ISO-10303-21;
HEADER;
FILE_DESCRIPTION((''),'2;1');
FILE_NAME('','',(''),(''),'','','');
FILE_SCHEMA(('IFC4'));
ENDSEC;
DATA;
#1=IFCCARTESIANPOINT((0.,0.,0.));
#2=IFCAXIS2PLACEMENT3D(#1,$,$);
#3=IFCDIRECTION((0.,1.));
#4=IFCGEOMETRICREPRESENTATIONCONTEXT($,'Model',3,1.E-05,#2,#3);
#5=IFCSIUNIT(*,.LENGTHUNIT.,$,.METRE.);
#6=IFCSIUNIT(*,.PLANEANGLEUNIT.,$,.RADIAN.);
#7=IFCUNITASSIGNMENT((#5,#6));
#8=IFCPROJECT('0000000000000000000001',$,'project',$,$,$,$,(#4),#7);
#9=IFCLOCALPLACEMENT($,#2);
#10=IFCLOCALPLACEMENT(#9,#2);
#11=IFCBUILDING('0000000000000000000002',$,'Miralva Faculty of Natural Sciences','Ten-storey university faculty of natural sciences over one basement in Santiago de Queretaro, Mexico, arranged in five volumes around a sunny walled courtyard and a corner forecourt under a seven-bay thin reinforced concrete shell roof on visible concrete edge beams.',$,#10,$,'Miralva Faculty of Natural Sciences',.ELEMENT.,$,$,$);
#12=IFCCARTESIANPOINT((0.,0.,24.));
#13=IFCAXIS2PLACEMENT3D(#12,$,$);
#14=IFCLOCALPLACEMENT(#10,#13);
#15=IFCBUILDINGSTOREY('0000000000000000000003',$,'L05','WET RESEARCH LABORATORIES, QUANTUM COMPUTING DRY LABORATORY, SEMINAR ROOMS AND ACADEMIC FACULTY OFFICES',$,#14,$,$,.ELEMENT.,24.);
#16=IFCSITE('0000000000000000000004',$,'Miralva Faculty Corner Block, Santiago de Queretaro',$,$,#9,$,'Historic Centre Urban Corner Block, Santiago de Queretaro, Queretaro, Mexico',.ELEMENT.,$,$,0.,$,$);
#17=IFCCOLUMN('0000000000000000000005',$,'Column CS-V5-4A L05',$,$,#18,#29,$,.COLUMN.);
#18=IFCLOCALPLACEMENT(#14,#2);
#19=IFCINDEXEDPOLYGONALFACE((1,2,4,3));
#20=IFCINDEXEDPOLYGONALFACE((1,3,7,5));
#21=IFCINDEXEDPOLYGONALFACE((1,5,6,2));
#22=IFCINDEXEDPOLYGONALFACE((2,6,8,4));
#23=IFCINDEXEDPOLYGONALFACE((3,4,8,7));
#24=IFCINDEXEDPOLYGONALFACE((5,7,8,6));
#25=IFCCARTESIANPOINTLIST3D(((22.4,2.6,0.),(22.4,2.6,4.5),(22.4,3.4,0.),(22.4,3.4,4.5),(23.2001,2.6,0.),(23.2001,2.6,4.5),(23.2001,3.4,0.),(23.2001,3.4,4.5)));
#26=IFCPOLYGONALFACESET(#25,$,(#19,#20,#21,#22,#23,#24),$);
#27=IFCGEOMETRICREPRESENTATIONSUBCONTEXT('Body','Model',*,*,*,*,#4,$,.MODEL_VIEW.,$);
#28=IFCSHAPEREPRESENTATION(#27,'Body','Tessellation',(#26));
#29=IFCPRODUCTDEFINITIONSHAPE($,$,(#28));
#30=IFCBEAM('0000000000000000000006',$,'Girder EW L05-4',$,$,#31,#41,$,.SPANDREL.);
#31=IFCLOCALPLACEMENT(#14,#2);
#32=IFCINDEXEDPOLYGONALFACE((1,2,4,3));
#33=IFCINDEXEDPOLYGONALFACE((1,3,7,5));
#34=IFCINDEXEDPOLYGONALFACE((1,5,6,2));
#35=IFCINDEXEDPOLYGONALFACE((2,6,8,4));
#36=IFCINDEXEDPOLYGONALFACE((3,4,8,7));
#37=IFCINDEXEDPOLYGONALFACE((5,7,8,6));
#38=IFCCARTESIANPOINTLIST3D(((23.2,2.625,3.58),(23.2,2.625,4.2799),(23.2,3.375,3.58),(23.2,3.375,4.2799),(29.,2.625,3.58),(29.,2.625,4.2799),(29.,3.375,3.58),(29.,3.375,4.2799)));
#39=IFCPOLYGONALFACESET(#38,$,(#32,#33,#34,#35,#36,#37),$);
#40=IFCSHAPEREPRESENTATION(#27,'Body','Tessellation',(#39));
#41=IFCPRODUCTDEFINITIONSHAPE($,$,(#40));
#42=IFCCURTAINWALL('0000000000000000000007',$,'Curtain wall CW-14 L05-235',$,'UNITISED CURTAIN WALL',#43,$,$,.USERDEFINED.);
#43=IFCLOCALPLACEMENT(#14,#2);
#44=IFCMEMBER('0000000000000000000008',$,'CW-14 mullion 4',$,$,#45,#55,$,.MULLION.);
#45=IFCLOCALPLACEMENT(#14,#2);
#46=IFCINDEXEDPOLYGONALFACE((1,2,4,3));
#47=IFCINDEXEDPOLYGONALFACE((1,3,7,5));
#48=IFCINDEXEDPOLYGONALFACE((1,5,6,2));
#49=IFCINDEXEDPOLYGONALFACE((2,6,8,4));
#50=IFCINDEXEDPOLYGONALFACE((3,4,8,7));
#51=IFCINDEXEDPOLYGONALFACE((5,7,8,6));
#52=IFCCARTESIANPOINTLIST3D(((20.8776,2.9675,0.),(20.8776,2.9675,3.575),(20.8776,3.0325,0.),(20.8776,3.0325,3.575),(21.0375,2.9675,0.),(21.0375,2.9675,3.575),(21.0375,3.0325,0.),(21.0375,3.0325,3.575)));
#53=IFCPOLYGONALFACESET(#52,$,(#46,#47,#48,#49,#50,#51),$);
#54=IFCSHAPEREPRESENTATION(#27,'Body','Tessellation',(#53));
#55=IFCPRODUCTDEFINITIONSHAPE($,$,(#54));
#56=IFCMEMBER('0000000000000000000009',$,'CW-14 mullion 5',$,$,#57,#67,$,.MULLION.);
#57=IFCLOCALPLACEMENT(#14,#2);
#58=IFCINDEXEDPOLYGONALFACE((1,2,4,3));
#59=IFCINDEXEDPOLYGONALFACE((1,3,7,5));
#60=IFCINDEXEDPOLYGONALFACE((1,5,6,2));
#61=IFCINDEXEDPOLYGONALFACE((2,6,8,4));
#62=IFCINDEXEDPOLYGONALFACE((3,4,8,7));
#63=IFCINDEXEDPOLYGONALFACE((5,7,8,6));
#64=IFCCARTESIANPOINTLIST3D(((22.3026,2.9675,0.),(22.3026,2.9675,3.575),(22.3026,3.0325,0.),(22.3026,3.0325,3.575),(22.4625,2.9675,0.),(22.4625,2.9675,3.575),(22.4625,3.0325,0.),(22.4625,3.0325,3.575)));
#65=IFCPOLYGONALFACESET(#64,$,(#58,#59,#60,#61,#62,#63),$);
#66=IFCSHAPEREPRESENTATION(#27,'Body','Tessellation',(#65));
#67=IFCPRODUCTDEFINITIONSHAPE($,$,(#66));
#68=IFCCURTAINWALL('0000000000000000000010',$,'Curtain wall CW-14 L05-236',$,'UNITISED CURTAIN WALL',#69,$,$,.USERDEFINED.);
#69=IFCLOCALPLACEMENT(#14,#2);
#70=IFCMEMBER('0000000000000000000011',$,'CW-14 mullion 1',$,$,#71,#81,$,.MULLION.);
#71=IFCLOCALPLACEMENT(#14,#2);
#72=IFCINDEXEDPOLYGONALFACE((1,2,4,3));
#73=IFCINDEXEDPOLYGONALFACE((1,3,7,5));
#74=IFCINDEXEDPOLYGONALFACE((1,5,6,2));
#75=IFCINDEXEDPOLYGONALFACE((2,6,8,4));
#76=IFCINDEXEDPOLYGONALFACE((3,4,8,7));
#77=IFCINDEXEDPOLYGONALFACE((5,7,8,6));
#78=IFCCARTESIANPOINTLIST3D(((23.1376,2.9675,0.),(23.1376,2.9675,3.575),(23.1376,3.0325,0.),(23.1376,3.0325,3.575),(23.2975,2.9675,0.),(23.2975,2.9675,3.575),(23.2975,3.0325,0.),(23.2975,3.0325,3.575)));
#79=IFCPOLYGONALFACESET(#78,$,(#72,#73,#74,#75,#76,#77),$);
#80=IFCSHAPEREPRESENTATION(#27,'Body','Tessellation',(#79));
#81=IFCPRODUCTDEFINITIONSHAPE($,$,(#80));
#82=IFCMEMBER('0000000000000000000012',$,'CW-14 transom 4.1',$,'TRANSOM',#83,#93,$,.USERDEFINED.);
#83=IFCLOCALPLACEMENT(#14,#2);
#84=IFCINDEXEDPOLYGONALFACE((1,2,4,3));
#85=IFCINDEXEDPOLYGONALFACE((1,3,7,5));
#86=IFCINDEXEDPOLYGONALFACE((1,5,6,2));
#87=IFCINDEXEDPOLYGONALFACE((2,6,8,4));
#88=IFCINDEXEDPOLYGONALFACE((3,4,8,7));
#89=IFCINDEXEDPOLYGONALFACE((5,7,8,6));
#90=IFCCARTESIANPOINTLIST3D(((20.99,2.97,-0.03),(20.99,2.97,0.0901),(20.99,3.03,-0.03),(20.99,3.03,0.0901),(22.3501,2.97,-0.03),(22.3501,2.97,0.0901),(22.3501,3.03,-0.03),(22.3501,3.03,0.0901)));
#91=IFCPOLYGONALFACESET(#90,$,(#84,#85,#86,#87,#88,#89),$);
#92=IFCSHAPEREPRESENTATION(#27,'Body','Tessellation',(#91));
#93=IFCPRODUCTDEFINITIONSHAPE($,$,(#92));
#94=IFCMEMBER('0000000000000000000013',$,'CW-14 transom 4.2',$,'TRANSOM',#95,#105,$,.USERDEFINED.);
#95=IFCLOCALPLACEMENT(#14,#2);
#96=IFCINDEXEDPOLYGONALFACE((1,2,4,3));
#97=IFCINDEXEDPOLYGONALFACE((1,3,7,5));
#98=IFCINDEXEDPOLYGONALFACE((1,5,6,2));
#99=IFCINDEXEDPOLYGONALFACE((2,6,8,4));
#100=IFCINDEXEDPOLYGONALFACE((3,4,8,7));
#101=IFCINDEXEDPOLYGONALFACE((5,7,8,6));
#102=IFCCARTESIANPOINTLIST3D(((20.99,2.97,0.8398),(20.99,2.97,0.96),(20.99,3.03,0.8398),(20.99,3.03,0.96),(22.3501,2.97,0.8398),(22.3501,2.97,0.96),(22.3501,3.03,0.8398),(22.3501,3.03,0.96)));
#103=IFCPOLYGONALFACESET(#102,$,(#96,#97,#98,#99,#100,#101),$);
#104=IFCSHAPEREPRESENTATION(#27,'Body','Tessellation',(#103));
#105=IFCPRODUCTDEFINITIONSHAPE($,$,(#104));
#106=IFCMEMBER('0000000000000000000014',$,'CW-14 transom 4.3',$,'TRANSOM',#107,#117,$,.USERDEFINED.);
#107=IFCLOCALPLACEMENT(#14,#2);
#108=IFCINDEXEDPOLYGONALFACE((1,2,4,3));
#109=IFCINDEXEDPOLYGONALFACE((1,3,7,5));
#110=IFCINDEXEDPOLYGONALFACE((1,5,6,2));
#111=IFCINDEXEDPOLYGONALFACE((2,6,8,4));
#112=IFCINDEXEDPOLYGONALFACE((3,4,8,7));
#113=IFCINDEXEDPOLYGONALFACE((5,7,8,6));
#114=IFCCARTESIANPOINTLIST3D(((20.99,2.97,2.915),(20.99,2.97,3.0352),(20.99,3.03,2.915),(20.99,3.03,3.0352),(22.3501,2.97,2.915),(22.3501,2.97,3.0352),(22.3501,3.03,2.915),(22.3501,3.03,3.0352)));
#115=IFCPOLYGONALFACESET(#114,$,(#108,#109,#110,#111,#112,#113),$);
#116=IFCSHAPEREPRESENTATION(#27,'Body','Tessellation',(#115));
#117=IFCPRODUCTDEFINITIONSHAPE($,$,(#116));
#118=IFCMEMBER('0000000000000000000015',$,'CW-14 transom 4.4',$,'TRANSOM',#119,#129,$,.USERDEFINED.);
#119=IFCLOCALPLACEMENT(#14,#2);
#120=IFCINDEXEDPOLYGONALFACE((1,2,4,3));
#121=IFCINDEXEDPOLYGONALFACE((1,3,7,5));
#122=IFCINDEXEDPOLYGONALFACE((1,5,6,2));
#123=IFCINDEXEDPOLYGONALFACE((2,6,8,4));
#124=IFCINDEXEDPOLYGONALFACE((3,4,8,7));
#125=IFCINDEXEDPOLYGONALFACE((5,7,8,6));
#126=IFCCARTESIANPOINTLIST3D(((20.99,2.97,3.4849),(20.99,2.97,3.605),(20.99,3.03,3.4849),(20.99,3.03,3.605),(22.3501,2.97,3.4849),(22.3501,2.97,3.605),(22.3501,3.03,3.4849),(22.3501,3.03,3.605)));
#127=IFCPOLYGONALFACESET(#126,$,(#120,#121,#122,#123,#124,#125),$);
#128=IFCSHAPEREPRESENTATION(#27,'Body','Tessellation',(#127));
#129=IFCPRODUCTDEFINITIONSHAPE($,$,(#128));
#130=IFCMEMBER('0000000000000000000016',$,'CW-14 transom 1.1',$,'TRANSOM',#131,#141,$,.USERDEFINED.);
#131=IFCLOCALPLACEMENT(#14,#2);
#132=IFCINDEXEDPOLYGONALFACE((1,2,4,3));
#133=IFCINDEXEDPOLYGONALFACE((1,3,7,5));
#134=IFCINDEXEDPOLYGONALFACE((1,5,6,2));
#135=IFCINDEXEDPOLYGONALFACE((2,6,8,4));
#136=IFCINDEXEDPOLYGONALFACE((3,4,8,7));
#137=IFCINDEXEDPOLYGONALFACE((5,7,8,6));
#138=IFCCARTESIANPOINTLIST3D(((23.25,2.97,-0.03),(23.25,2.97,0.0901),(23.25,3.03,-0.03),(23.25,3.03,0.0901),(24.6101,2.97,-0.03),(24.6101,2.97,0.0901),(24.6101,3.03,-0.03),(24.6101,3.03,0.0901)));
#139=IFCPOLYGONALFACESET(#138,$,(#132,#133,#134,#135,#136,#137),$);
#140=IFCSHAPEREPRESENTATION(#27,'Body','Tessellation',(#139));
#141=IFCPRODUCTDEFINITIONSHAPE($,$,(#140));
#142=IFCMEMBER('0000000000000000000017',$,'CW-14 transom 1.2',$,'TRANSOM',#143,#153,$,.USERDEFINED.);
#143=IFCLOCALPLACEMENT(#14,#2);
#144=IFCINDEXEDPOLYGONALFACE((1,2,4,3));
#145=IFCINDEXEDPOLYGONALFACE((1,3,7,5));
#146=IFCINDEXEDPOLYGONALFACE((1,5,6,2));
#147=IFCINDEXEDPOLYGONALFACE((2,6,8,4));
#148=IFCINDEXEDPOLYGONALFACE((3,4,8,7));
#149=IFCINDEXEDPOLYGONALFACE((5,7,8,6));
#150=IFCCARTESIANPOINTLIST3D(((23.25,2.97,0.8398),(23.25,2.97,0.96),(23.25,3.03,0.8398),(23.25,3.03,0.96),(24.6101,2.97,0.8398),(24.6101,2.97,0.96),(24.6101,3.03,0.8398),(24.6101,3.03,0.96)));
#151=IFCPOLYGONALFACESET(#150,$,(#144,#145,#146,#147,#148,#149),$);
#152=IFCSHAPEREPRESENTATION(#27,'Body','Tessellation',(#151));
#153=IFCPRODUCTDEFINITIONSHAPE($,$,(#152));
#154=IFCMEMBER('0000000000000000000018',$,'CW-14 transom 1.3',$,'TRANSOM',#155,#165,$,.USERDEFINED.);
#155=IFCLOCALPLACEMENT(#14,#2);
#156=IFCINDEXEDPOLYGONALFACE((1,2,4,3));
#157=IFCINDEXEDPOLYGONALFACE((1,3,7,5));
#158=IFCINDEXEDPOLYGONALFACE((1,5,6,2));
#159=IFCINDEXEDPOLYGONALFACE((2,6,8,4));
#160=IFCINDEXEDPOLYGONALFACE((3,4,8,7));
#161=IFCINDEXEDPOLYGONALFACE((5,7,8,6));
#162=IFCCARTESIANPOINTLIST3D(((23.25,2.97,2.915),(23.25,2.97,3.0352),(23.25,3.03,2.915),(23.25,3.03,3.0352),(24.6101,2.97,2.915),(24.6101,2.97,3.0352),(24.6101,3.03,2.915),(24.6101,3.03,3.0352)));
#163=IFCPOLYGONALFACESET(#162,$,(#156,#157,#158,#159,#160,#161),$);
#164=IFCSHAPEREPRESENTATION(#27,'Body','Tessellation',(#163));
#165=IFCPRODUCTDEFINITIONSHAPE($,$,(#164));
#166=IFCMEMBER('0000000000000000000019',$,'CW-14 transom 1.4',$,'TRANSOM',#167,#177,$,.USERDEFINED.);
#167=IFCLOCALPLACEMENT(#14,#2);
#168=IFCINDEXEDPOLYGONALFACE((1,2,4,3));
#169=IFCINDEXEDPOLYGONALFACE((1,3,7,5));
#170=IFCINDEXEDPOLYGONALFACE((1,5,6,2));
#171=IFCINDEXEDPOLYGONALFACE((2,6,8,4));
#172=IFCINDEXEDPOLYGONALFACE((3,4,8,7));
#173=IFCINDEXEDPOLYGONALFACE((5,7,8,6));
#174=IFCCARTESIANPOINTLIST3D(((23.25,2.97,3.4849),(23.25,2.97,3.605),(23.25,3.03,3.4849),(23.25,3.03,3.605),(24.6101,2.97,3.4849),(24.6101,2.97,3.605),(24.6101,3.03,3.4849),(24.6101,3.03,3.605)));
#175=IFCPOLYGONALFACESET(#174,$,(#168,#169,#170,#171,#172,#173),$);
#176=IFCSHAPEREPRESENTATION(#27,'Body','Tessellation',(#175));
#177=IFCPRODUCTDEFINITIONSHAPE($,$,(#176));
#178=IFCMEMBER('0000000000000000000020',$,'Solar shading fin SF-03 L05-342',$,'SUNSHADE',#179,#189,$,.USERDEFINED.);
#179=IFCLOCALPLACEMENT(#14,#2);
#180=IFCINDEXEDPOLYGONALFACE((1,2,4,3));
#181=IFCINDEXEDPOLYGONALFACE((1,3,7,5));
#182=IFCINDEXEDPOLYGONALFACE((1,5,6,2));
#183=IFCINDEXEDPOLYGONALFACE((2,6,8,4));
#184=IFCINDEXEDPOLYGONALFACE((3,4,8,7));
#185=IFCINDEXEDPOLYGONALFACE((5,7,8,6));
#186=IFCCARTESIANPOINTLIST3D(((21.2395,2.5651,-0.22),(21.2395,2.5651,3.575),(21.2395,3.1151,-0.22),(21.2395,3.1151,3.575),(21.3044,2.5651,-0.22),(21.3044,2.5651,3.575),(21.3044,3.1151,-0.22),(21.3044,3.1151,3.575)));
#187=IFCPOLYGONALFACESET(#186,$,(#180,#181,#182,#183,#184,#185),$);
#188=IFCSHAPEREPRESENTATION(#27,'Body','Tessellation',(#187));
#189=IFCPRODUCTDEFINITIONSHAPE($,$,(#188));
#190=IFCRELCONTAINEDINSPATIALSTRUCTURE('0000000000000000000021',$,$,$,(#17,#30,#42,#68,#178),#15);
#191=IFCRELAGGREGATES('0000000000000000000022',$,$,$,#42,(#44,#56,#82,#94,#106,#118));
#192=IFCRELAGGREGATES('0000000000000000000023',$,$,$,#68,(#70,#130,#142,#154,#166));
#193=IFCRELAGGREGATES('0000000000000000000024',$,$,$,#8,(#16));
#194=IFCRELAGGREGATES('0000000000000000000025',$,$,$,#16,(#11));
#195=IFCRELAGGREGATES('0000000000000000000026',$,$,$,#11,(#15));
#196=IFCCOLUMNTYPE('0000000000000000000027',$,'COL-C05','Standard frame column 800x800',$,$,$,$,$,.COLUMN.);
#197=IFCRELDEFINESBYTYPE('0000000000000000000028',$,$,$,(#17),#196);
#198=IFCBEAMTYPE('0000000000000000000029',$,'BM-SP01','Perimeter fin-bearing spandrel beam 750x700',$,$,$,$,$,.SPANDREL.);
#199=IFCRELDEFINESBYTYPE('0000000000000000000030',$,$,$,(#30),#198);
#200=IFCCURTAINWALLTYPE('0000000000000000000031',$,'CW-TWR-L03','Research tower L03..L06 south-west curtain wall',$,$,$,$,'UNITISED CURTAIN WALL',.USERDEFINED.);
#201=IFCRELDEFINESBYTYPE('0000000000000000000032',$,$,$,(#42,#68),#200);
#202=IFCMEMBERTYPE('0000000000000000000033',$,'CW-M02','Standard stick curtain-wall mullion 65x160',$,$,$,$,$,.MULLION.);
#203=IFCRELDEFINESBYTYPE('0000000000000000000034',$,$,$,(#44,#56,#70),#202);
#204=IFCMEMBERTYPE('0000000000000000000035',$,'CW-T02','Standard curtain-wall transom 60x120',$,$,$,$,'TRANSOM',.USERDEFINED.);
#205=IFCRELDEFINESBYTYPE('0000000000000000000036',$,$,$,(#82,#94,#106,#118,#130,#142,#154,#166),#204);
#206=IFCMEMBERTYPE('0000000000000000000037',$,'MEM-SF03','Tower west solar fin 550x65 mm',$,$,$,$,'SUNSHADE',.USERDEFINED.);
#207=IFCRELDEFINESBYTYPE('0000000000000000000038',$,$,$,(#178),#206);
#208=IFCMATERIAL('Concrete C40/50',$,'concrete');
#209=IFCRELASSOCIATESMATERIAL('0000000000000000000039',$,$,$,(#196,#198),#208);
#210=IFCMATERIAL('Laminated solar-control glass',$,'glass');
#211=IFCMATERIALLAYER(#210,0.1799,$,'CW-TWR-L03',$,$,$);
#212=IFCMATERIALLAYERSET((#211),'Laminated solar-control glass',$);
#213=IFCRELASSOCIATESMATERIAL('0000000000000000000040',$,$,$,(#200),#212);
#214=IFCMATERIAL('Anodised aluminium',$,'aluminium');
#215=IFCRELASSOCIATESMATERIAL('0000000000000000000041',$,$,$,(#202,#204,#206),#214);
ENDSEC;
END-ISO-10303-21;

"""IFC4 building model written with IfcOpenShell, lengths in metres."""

from ifc_helpers import new_model, si_unit, direction, frame, origin, origin_2d, place, context, subcontext, project, spatial, rectangle, extrude, material, layer, layer_set, material_profile, profile_set, type_object, element, aggregate, save


model = new_model("IFC4")

# Units and contexts
model_context = context("Model", 3, precision=1e-05, world=origin(), true_north=direction((0.0, 1.0)))
body_context = subcontext(model_context, "Body", "Model", "MODEL_VIEW")
ifc_project = project(units=[si_unit("LENGTHUNIT", "METRE"), si_unit("PLANEANGLEUNIT", "RADIAN")], contexts=[model_context])

# Site, building, storey
site_placement = place(None, origin())
site = spatial("IfcSite", under=ifc_project, at=site_placement, Name="Miralva Faculty Corner Block, Santiago de Queretaro", LongName="Historic Centre Urban Corner Block, Santiago de Queretaro, Queretaro, Mexico", CompositionType="ELEMENT", RefElevation=0.0)
building_placement = place(site_placement, origin())
building = spatial("IfcBuilding", under=site, at=building_placement, Name="Miralva Faculty of Natural Sciences", Description="Ten-storey university faculty of natural sciences over one basement in Santiago de Queretaro, Mexico, arranged in five volumes around a sunny walled courtyard and a corner forecourt under a seven-bay thin reinforced concrete shell roof on visible concrete edge beams.", LongName="Miralva Faculty of Natural Sciences", CompositionType="ELEMENT")
storey_placement = place(building_placement, frame((0.0, 0.0, 24.0)))
storey = spatial("IfcBuildingStorey", under=building, at=storey_placement, Name="L05", Description="WET RESEARCH LABORATORIES, QUANTUM COMPUTING DRY LABORATORY, SEMINAR ROOMS AND ACADEMIC FACULTY OFFICES", CompositionType="ELEMENT", Elevation=24.0)

# Column
ifc_material_1 = material(Name="Concrete C40/50", Category="concrete")
ifc_material_profile_1 = material_profile(ifc_material_1, rectangle(XDim=0.8, YDim=0.8, at=origin_2d()), Name="RC 800x800")
ifc_profile_set_1 = profile_set([ifc_material_profile_1], Name="Concrete C40/50")
column_type = type_object("IfcColumnType", Name="COL-C05", Description="Standard frame column 800x800", PredefinedType="COLUMN", material=ifc_profile_set_1)
column_placement = place(storey_placement, frame((22.8, 3.0, 0.0), z_axis=(0.0, 0.0, 1.0), x_axis=(1.0, 0.0, 0.0)))
element("IfcColumn", 1, at=column_placement, inside=storey, type_object=column_type, Name="Column CS-V5-4A L05", PredefinedType="COLUMN", context=body_context, shape_type="SweptSolid", body=[
    extrude(rectangle(XDim=0.8, YDim=0.8, at=origin_2d()), origin(), (0.0, 0.0, 1.0), 4.5),
])

# Beam
ifc_material_profile_2 = material_profile(ifc_material_1, rectangle(XDim=0.75, YDim=0.7, at=origin_2d()), Name="RC 750x700")
ifc_profile_set_2 = profile_set([ifc_material_profile_2], Name="Concrete C40/50")
beam_type = type_object("IfcBeamType", Name="BM-SP01", Description="Perimeter fin-bearing spandrel beam 750x700", PredefinedType="SPANDREL", material=ifc_profile_set_2)
beam_placement = place(storey_placement, frame((23.2, 3.0, 3.9299), z_axis=(1.0, 0.0, 0.0), x_axis=(0.0, 1.0, 0.0)))
element("IfcBeam", 2, at=beam_placement, inside=storey, type_object=beam_type, Name="Girder EW L05-4", PredefinedType="SPANDREL", context=body_context, shape_type="SweptSolid", body=[
    extrude(rectangle(XDim=0.75, YDim=0.7, at=origin_2d()), origin(), (0.0, 0.0, 1.0), 5.8),
])

# Curtain wall, members
ifc_material_2 = material(Name="Laminated solar-control glass", Category="glass")
ifc_layer_1 = layer(ifc_material_2, 0.1799, Name="CW-TWR-L03")
ifc_layer_set_1 = layer_set([ifc_layer_1], Name="Laminated solar-control glass")
curtain_wall_type = type_object("IfcCurtainWallType", Name="CW-TWR-L03", Description="Research tower L03..L06 south-west curtain wall", ElementType="UNITISED CURTAIN WALL", PredefinedType="USERDEFINED", material=ifc_layer_set_1)
curtain_wall_1_placement = place(storey_placement, origin())
curtain_wall_1 = element("IfcCurtainWall", 3, at=curtain_wall_1_placement, inside=storey, type_object=curtain_wall_type, Name="Curtain wall CW-14 L05-235", ObjectType="UNITISED CURTAIN WALL", PredefinedType="USERDEFINED")
ifc_material_3 = material(Name="Anodised aluminium", Category="aluminium")
ifc_material_profile_3 = material_profile(ifc_material_3, rectangle(XDim=0.0649, YDim=0.1599, at=origin_2d()), Name="MULLION 65x160")
ifc_profile_set_3 = profile_set([ifc_material_profile_3], Name="Anodised aluminium")
member_type_1 = type_object("IfcMemberType", Name="CW-M02", Description="Standard stick curtain-wall mullion 65x160", PredefinedType="MULLION", material=ifc_profile_set_3)
member_1_placement = place(storey_placement, frame((20.9575, 3.0, 0.0), z_axis=(0.0, 0.0, 1.0), x_axis=(0.0, 1.0, 0.0)))
member_1 = element("IfcMember", 4, at=member_1_placement, type_object=member_type_1, Name="CW-14 mullion 4", PredefinedType="MULLION", context=body_context, shape_type="SweptSolid", body=[
    extrude(rectangle(XDim=0.0649, YDim=0.1599, at=origin_2d()), origin(), (0.0, 0.0, 1.0), 3.575),
])
member_2_placement = place(storey_placement, frame((22.3826, 3.0, 0.0), z_axis=(0.0, 0.0, 1.0), x_axis=(0.0, 1.0, 0.0)))
member_2 = element("IfcMember", 5, at=member_2_placement, type_object=member_type_1, Name="CW-14 mullion 5", PredefinedType="MULLION", context=body_context, shape_type="SweptSolid", body=[
    extrude(rectangle(XDim=0.0649, YDim=0.1599, at=origin_2d()), origin(), (0.0, 0.0, 1.0), 3.575),
])

# Curtain wall, member
curtain_wall_2_placement = place(storey_placement, origin())
curtain_wall_2 = element("IfcCurtainWall", 6, at=curtain_wall_2_placement, inside=storey, type_object=curtain_wall_type, Name="Curtain wall CW-14 L05-236", ObjectType="UNITISED CURTAIN WALL", PredefinedType="USERDEFINED")
member_3_placement = place(storey_placement, frame((23.2175, 3.0, 0.0), z_axis=(0.0, 0.0, 1.0), x_axis=(0.0, 1.0, 0.0)))
member_3 = element("IfcMember", 7, at=member_3_placement, type_object=member_type_1, Name="CW-14 mullion 1", PredefinedType="MULLION", context=body_context, shape_type="SweptSolid", body=[
    extrude(rectangle(XDim=0.0649, YDim=0.1599, at=origin_2d()), origin(), (0.0, 0.0, 1.0), 3.575),
])

# Members
ifc_material_profile_4 = material_profile(ifc_material_3, rectangle(XDim=0.0601, YDim=0.1201, at=origin_2d()), Name="TRANSOM 60x120")
ifc_profile_set_4 = profile_set([ifc_material_profile_4], Name="Anodised aluminium")
member_type_2 = type_object("IfcMemberType", Name="CW-T02", Description="Standard curtain-wall transom 60x120", ElementType="TRANSOM", PredefinedType="USERDEFINED", material=ifc_profile_set_4)
member_4_placement = place(storey_placement, frame((20.99, 3.0, 0.03), z_axis=(1.0, 0.0, 0.0), x_axis=(0.0, 1.0, 0.0)))
member_4 = element("IfcMember", 8, at=member_4_placement, type_object=member_type_2, Name="CW-14 transom 4.1", ObjectType="TRANSOM", PredefinedType="USERDEFINED", context=body_context, shape_type="SweptSolid", body=[
    extrude(rectangle(XDim=0.0601, YDim=0.1201, at=origin_2d()), origin(), (0.0, 0.0, 1.0), 1.3601),
])
member_5_placement = place(storey_placement, frame((20.99, 3.0, 0.8999), z_axis=(1.0, 0.0, 0.0), x_axis=(0.0, 1.0, 0.0)))
member_5 = element("IfcMember", 9, at=member_5_placement, type_object=member_type_2, Name="CW-14 transom 4.2", ObjectType="TRANSOM", PredefinedType="USERDEFINED", context=body_context, shape_type="SweptSolid", body=[
    extrude(rectangle(XDim=0.0601, YDim=0.1201, at=origin_2d()), origin(), (0.0, 0.0, 1.0), 1.3601),
])
member_6_placement = place(storey_placement, frame((20.99, 3.0, 2.9751), z_axis=(1.0, 0.0, 0.0), x_axis=(0.0, 1.0, 0.0)))
member_6 = element("IfcMember", 10, at=member_6_placement, type_object=member_type_2, Name="CW-14 transom 4.3", ObjectType="TRANSOM", PredefinedType="USERDEFINED", context=body_context, shape_type="SweptSolid", body=[
    extrude(rectangle(XDim=0.0601, YDim=0.1201, at=origin_2d()), origin(), (0.0, 0.0, 1.0), 1.3601),
])
member_7_placement = place(storey_placement, frame((20.99, 3.0, 3.5449), z_axis=(1.0, 0.0, 0.0), x_axis=(0.0, 1.0, 0.0)))
member_7 = element("IfcMember", 11, at=member_7_placement, type_object=member_type_2, Name="CW-14 transom 4.4", ObjectType="TRANSOM", PredefinedType="USERDEFINED", context=body_context, shape_type="SweptSolid", body=[
    extrude(rectangle(XDim=0.0601, YDim=0.1201, at=origin_2d()), origin(), (0.0, 0.0, 1.0), 1.3601),
])
member_8_placement = place(storey_placement, frame((23.25, 3.0, 0.03), z_axis=(1.0, 0.0, 0.0), x_axis=(0.0, 1.0, 0.0)))
member_8 = element("IfcMember", 12, at=member_8_placement, type_object=member_type_2, Name="CW-14 transom 1.1", ObjectType="TRANSOM", PredefinedType="USERDEFINED", context=body_context, shape_type="SweptSolid", body=[
    extrude(rectangle(XDim=0.0601, YDim=0.1201, at=origin_2d()), origin(), (0.0, 0.0, 1.0), 1.3601),
])
member_9_placement = place(storey_placement, frame((23.25, 3.0, 0.8999), z_axis=(1.0, 0.0, 0.0), x_axis=(0.0, 1.0, 0.0)))
member_9 = element("IfcMember", 13, at=member_9_placement, type_object=member_type_2, Name="CW-14 transom 1.2", ObjectType="TRANSOM", PredefinedType="USERDEFINED", context=body_context, shape_type="SweptSolid", body=[
    extrude(rectangle(XDim=0.0601, YDim=0.1201, at=origin_2d()), origin(), (0.0, 0.0, 1.0), 1.3601),
])
member_10_placement = place(storey_placement, frame((23.25, 3.0, 2.9751), z_axis=(1.0, 0.0, 0.0), x_axis=(0.0, 1.0, 0.0)))
member_10 = element("IfcMember", 14, at=member_10_placement, type_object=member_type_2, Name="CW-14 transom 1.3", ObjectType="TRANSOM", PredefinedType="USERDEFINED", context=body_context, shape_type="SweptSolid", body=[
    extrude(rectangle(XDim=0.0601, YDim=0.1201, at=origin_2d()), origin(), (0.0, 0.0, 1.0), 1.3601),
])
member_11_placement = place(storey_placement, frame((23.25, 3.0, 3.5449), z_axis=(1.0, 0.0, 0.0), x_axis=(0.0, 1.0, 0.0)))
member_11 = element("IfcMember", 15, at=member_11_placement, type_object=member_type_2, Name="CW-14 transom 1.4", ObjectType="TRANSOM", PredefinedType="USERDEFINED", context=body_context, shape_type="SweptSolid", body=[
    extrude(rectangle(XDim=0.0601, YDim=0.1201, at=origin_2d()), origin(), (0.0, 0.0, 1.0), 1.3601),
])

# Member
ifc_material_profile_5 = material_profile(ifc_material_3, rectangle(XDim=0.0649, YDim=0.55, at=origin_2d()), Name="FIN 550x65")
ifc_profile_set_5 = profile_set([ifc_material_profile_5], Name="Anodised aluminium")
member_type_3 = type_object("IfcMemberType", Name="MEM-SF03", Description="Tower west solar fin 550x65 mm", ElementType="SUNSHADE", PredefinedType="USERDEFINED", material=ifc_profile_set_5)
for number, where, z_axis, x_axis, name in (
    (16, (21.272, 2.8401, -0.22), (0.0, 0.0, 1.0), (1.0, 0.0, 0.0), "Solar shading fin SF-03 L05-342"),
):
    element("IfcMember", number, at=place(storey_placement, frame(where, z_axis=z_axis, x_axis=x_axis)), inside=storey, type_object=member_type_3, Name=name, ObjectType="SUNSHADE", PredefinedType="USERDEFINED", context=body_context, shape_type="SweptSolid", body=[
        extrude(rectangle(XDim=0.0649, YDim=0.55, at=origin_2d()), origin(), (0.0, 0.0, 1.0), 3.7949),
    ])

aggregate(curtain_wall_1, [member_1, member_2, member_4, member_5, member_6, member_7])
aggregate(curtain_wall_2, [member_3, member_8, member_9, member_10, member_11])

save(model, "model.ifc")
